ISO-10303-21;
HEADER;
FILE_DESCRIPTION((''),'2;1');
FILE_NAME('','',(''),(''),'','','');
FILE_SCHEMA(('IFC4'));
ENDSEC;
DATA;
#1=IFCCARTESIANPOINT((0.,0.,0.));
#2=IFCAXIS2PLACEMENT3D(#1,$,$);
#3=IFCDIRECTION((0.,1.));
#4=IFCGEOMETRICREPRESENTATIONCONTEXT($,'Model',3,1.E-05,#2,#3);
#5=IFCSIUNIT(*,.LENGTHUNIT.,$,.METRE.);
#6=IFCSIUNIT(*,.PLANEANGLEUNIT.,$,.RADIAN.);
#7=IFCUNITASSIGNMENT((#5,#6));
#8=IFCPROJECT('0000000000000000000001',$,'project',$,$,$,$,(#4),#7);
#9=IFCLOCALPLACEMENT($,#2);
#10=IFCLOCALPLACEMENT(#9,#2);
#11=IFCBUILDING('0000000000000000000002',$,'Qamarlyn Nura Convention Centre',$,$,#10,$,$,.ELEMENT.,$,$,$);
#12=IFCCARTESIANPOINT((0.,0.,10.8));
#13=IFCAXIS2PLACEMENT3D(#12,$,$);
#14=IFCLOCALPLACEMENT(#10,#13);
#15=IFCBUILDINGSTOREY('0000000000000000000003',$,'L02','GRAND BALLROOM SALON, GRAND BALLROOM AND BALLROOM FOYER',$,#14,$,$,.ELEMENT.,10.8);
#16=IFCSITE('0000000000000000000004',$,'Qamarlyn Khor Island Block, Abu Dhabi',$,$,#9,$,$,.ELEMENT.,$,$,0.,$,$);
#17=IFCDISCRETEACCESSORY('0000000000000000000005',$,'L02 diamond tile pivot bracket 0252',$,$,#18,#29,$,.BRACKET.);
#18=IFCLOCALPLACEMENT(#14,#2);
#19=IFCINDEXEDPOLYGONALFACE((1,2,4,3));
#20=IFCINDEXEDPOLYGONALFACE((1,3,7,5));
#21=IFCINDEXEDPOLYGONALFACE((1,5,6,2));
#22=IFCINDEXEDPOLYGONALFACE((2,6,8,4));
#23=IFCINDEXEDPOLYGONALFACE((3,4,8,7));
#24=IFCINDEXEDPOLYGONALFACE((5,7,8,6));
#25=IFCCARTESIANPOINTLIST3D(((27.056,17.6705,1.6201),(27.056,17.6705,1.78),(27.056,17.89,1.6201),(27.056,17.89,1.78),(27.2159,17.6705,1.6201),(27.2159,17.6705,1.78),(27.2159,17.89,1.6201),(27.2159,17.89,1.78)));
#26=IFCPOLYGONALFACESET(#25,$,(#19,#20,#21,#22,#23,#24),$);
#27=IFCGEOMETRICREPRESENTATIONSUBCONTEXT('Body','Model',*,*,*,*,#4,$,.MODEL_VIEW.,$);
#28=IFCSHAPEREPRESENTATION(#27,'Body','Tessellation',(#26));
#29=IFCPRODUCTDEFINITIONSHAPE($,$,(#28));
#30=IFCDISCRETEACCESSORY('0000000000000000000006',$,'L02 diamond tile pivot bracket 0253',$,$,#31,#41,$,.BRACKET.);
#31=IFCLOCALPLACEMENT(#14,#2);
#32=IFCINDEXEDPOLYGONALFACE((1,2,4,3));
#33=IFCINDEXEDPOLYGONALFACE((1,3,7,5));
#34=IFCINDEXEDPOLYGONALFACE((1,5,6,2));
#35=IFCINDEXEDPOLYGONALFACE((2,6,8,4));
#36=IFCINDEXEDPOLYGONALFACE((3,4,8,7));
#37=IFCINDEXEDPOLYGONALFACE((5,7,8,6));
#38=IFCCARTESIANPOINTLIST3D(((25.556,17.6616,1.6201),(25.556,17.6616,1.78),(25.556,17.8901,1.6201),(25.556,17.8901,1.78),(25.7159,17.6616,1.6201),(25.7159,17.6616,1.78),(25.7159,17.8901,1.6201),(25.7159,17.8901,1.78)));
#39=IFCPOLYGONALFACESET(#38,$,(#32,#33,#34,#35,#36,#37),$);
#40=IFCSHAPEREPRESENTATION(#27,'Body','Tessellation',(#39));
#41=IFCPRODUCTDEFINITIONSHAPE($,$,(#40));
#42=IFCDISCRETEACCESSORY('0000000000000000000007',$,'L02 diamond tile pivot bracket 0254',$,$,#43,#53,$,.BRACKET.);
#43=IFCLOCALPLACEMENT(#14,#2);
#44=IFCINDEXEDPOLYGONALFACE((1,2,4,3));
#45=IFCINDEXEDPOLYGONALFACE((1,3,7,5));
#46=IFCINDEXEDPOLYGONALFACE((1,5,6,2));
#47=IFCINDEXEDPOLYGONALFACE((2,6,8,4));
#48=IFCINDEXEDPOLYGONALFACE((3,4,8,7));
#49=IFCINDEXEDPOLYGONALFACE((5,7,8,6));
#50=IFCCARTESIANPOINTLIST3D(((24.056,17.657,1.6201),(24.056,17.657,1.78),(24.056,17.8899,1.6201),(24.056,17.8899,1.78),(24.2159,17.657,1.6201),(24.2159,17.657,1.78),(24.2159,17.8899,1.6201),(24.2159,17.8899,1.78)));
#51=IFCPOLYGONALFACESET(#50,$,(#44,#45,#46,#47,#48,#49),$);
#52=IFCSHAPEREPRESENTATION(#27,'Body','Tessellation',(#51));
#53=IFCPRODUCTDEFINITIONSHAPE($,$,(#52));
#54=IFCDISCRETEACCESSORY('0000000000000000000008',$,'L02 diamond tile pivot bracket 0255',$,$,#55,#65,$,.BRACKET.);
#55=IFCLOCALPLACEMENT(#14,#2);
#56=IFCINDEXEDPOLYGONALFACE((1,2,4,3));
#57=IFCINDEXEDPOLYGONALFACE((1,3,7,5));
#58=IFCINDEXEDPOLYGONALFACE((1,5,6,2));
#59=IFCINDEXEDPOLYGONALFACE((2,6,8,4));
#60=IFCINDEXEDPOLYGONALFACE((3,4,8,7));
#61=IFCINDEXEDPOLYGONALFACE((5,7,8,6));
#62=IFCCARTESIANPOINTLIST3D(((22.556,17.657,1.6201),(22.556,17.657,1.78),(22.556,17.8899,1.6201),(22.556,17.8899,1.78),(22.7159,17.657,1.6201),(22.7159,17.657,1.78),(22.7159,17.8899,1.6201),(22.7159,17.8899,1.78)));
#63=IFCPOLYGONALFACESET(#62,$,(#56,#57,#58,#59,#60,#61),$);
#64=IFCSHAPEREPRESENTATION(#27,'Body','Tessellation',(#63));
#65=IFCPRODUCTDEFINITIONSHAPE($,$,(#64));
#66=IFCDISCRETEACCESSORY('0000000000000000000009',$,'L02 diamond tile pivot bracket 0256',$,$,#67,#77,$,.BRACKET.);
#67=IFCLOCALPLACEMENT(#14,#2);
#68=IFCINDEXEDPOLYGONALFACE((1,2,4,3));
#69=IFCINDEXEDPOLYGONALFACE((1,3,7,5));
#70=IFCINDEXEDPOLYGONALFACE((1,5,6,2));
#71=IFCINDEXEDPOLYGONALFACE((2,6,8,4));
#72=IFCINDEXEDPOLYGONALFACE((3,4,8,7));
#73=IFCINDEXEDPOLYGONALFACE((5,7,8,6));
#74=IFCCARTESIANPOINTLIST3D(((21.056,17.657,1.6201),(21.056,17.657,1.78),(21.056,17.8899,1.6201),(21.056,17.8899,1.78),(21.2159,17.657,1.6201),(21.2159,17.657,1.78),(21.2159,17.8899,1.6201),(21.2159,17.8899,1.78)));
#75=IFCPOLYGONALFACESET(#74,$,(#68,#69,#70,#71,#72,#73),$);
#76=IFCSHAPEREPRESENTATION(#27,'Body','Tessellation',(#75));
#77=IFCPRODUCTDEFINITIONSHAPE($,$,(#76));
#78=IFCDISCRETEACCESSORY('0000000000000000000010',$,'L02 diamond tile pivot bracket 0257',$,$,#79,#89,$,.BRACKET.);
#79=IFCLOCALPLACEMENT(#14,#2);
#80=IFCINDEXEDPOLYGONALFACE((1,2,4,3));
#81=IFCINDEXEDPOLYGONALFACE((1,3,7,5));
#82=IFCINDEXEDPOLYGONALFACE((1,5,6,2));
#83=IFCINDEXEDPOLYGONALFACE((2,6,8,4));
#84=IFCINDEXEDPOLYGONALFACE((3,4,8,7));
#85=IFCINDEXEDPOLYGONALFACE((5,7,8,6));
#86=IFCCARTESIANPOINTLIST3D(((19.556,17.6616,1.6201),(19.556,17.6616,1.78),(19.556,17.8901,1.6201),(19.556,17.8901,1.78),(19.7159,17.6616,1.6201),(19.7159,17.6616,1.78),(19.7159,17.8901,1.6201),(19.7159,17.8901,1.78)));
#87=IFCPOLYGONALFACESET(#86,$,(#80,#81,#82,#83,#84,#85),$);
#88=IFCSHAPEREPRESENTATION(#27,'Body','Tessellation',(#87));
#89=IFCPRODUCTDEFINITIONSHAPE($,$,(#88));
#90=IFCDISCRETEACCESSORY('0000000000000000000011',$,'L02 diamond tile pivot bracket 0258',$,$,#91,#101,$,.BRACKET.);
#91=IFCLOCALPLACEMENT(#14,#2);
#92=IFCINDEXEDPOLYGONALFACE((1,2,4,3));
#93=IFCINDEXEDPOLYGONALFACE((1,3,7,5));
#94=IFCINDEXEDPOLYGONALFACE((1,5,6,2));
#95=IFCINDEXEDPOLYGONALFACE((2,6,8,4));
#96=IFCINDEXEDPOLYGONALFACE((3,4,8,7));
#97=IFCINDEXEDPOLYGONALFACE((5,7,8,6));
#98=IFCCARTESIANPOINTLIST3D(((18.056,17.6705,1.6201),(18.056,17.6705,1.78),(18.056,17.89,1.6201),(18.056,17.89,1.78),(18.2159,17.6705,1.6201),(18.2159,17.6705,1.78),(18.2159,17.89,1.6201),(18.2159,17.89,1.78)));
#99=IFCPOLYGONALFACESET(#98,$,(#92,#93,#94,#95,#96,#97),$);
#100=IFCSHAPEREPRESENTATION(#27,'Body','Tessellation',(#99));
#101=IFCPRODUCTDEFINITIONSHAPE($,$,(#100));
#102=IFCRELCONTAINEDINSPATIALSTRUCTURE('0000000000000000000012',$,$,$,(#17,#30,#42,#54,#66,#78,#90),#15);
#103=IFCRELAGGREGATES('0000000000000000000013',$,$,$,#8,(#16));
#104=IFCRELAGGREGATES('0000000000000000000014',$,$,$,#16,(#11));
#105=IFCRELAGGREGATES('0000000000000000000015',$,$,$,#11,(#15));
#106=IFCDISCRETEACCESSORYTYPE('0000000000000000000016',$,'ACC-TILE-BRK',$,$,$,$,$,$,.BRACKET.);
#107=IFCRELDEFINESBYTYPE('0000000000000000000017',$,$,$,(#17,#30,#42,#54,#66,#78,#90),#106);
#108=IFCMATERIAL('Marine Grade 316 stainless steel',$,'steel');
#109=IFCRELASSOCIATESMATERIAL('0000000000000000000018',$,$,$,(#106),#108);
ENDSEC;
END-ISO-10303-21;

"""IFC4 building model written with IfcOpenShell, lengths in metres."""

from ifc_helpers import new_model, si_unit, direction, frame, origin, origin_2d, place, context, subcontext, project, spatial, rectangle, extrude, material, type_object, element, save


model = new_model("IFC4")

# Units and contexts
model_context = context("Model", 3, precision=1e-05, world=origin(), true_north=direction((0.0, 1.0)))
body_context = subcontext(model_context, "Body", "Model", "MODEL_VIEW")
ifc_project = project(units=[si_unit("LENGTHUNIT", "METRE"), si_unit("PLANEANGLEUNIT", "RADIAN")], contexts=[model_context])

# Site, building, storey
site_placement = place(None, origin())
site = spatial("IfcSite", under=ifc_project, at=site_placement, Name="Qamarlyn Khor Island Block, Abu Dhabi", CompositionType="ELEMENT", RefElevation=0.0)
building_placement = place(site_placement, origin())
building = spatial("IfcBuilding", under=site, at=building_placement, Name="Qamarlyn Nura Convention Centre", CompositionType="ELEMENT")
storey_placement = place(building_placement, frame((0.0, 0.0, 10.8)))
storey = spatial("IfcBuildingStorey", under=building, at=storey_placement, Name="L02", Description="GRAND BALLROOM SALON, GRAND BALLROOM AND BALLROOM FOYER", CompositionType="ELEMENT", Elevation=10.8)

# Discrete accessories
ifc_material_1 = material(Name="Marine Grade 316 stainless steel", Category="steel")
discrete_accessory_type_1 = type_object("IfcDiscreteAccessoryType", Name="ACC-TILE-BRK", PredefinedType="BRACKET", material=ifc_material_1)
discrete_accessory_1_placement = place(storey_placement, frame((27.136, 17.7803, 1.6201), z_axis=(0.0, 0.0, 1.0), x_axis=(0.0, -1.0, 0.0)))
element("IfcDiscreteAccessory", 1, at=discrete_accessory_1_placement, inside=storey, type_object=discrete_accessory_type_1, Name="L02 diamond tile pivot bracket 0252", PredefinedType="BRACKET", context=body_context, shape_type="SweptSolid", body=[
    extrude(rectangle(XDim=0.2195, YDim=0.1599, at=origin_2d()), origin(), (0.0, 0.0, 1.0), 0.1599),
])
discrete_accessory_2_placement = place(storey_placement, frame((25.636, 17.7759, 1.6201), z_axis=(0.0, 0.0, 1.0), x_axis=(0.0, -1.0, 0.0)))
element("IfcDiscreteAccessory", 2, at=discrete_accessory_2_placement, inside=storey, type_object=discrete_accessory_type_1, Name="L02 diamond tile pivot bracket 0253", PredefinedType="BRACKET", context=body_context, shape_type="SweptSolid", body=[
    extrude(rectangle(XDim=0.2285, YDim=0.1599, at=origin_2d()), origin(), (0.0, 0.0, 1.0), 0.1599),
])
for number, where, z_axis, x_axis, name in (
    (3, (24.136, 17.7734, 1.6201), (0.0, 0.0, 1.0), (0.0, -1.0, 0.0), "L02 diamond tile pivot bracket 0254"),
    (4, (22.636, 17.7734, 1.6201), (0.0, 0.0, 1.0), (0.0, -1.0, 0.0), "L02 diamond tile pivot bracket 0255"),
    (5, (21.136, 17.7734, 1.6201), (0.0, 0.0, 1.0), (0.0, -1.0, 0.0), "L02 diamond tile pivot bracket 0256"),
):
    element("IfcDiscreteAccessory", number, at=place(storey_placement, frame(where, z_axis=z_axis, x_axis=x_axis)), inside=storey, type_object=discrete_accessory_type_1, Name=name, PredefinedType="BRACKET", context=body_context, shape_type="SweptSolid", body=[
        extrude(rectangle(XDim=0.2329, YDim=0.1599, at=origin_2d()), origin(), (0.0, 0.0, 1.0), 0.1599),
    ])
discrete_accessory_3_placement = place(storey_placement, frame((19.636, 17.7759, 1.6201), z_axis=(0.0, 0.0, 1.0), x_axis=(0.0, -1.0, 0.0)))
element("IfcDiscreteAccessory", 6, at=discrete_accessory_3_placement, inside=storey, type_object=discrete_accessory_type_1, Name="L02 diamond tile pivot bracket 0257", PredefinedType="BRACKET", context=body_context, shape_type="SweptSolid", body=[
    extrude(rectangle(XDim=0.2285, YDim=0.1599, at=origin_2d()), origin(), (0.0, 0.0, 1.0), 0.1599),
])
discrete_accessory_4_placement = place(storey_placement, frame((18.136, 17.7803, 1.6201), z_axis=(0.0, 0.0, 1.0), x_axis=(0.0, -1.0, 0.0)))
element("IfcDiscreteAccessory", 7, at=discrete_accessory_4_placement, inside=storey, type_object=discrete_accessory_type_1, Name="L02 diamond tile pivot bracket 0258", PredefinedType="BRACKET", context=body_context, shape_type="SweptSolid", body=[
    extrude(rectangle(XDim=0.2195, YDim=0.1599, at=origin_2d()), origin(), (0.0, 0.0, 1.0), 0.1599),
])

save(model, "model.ifc")
